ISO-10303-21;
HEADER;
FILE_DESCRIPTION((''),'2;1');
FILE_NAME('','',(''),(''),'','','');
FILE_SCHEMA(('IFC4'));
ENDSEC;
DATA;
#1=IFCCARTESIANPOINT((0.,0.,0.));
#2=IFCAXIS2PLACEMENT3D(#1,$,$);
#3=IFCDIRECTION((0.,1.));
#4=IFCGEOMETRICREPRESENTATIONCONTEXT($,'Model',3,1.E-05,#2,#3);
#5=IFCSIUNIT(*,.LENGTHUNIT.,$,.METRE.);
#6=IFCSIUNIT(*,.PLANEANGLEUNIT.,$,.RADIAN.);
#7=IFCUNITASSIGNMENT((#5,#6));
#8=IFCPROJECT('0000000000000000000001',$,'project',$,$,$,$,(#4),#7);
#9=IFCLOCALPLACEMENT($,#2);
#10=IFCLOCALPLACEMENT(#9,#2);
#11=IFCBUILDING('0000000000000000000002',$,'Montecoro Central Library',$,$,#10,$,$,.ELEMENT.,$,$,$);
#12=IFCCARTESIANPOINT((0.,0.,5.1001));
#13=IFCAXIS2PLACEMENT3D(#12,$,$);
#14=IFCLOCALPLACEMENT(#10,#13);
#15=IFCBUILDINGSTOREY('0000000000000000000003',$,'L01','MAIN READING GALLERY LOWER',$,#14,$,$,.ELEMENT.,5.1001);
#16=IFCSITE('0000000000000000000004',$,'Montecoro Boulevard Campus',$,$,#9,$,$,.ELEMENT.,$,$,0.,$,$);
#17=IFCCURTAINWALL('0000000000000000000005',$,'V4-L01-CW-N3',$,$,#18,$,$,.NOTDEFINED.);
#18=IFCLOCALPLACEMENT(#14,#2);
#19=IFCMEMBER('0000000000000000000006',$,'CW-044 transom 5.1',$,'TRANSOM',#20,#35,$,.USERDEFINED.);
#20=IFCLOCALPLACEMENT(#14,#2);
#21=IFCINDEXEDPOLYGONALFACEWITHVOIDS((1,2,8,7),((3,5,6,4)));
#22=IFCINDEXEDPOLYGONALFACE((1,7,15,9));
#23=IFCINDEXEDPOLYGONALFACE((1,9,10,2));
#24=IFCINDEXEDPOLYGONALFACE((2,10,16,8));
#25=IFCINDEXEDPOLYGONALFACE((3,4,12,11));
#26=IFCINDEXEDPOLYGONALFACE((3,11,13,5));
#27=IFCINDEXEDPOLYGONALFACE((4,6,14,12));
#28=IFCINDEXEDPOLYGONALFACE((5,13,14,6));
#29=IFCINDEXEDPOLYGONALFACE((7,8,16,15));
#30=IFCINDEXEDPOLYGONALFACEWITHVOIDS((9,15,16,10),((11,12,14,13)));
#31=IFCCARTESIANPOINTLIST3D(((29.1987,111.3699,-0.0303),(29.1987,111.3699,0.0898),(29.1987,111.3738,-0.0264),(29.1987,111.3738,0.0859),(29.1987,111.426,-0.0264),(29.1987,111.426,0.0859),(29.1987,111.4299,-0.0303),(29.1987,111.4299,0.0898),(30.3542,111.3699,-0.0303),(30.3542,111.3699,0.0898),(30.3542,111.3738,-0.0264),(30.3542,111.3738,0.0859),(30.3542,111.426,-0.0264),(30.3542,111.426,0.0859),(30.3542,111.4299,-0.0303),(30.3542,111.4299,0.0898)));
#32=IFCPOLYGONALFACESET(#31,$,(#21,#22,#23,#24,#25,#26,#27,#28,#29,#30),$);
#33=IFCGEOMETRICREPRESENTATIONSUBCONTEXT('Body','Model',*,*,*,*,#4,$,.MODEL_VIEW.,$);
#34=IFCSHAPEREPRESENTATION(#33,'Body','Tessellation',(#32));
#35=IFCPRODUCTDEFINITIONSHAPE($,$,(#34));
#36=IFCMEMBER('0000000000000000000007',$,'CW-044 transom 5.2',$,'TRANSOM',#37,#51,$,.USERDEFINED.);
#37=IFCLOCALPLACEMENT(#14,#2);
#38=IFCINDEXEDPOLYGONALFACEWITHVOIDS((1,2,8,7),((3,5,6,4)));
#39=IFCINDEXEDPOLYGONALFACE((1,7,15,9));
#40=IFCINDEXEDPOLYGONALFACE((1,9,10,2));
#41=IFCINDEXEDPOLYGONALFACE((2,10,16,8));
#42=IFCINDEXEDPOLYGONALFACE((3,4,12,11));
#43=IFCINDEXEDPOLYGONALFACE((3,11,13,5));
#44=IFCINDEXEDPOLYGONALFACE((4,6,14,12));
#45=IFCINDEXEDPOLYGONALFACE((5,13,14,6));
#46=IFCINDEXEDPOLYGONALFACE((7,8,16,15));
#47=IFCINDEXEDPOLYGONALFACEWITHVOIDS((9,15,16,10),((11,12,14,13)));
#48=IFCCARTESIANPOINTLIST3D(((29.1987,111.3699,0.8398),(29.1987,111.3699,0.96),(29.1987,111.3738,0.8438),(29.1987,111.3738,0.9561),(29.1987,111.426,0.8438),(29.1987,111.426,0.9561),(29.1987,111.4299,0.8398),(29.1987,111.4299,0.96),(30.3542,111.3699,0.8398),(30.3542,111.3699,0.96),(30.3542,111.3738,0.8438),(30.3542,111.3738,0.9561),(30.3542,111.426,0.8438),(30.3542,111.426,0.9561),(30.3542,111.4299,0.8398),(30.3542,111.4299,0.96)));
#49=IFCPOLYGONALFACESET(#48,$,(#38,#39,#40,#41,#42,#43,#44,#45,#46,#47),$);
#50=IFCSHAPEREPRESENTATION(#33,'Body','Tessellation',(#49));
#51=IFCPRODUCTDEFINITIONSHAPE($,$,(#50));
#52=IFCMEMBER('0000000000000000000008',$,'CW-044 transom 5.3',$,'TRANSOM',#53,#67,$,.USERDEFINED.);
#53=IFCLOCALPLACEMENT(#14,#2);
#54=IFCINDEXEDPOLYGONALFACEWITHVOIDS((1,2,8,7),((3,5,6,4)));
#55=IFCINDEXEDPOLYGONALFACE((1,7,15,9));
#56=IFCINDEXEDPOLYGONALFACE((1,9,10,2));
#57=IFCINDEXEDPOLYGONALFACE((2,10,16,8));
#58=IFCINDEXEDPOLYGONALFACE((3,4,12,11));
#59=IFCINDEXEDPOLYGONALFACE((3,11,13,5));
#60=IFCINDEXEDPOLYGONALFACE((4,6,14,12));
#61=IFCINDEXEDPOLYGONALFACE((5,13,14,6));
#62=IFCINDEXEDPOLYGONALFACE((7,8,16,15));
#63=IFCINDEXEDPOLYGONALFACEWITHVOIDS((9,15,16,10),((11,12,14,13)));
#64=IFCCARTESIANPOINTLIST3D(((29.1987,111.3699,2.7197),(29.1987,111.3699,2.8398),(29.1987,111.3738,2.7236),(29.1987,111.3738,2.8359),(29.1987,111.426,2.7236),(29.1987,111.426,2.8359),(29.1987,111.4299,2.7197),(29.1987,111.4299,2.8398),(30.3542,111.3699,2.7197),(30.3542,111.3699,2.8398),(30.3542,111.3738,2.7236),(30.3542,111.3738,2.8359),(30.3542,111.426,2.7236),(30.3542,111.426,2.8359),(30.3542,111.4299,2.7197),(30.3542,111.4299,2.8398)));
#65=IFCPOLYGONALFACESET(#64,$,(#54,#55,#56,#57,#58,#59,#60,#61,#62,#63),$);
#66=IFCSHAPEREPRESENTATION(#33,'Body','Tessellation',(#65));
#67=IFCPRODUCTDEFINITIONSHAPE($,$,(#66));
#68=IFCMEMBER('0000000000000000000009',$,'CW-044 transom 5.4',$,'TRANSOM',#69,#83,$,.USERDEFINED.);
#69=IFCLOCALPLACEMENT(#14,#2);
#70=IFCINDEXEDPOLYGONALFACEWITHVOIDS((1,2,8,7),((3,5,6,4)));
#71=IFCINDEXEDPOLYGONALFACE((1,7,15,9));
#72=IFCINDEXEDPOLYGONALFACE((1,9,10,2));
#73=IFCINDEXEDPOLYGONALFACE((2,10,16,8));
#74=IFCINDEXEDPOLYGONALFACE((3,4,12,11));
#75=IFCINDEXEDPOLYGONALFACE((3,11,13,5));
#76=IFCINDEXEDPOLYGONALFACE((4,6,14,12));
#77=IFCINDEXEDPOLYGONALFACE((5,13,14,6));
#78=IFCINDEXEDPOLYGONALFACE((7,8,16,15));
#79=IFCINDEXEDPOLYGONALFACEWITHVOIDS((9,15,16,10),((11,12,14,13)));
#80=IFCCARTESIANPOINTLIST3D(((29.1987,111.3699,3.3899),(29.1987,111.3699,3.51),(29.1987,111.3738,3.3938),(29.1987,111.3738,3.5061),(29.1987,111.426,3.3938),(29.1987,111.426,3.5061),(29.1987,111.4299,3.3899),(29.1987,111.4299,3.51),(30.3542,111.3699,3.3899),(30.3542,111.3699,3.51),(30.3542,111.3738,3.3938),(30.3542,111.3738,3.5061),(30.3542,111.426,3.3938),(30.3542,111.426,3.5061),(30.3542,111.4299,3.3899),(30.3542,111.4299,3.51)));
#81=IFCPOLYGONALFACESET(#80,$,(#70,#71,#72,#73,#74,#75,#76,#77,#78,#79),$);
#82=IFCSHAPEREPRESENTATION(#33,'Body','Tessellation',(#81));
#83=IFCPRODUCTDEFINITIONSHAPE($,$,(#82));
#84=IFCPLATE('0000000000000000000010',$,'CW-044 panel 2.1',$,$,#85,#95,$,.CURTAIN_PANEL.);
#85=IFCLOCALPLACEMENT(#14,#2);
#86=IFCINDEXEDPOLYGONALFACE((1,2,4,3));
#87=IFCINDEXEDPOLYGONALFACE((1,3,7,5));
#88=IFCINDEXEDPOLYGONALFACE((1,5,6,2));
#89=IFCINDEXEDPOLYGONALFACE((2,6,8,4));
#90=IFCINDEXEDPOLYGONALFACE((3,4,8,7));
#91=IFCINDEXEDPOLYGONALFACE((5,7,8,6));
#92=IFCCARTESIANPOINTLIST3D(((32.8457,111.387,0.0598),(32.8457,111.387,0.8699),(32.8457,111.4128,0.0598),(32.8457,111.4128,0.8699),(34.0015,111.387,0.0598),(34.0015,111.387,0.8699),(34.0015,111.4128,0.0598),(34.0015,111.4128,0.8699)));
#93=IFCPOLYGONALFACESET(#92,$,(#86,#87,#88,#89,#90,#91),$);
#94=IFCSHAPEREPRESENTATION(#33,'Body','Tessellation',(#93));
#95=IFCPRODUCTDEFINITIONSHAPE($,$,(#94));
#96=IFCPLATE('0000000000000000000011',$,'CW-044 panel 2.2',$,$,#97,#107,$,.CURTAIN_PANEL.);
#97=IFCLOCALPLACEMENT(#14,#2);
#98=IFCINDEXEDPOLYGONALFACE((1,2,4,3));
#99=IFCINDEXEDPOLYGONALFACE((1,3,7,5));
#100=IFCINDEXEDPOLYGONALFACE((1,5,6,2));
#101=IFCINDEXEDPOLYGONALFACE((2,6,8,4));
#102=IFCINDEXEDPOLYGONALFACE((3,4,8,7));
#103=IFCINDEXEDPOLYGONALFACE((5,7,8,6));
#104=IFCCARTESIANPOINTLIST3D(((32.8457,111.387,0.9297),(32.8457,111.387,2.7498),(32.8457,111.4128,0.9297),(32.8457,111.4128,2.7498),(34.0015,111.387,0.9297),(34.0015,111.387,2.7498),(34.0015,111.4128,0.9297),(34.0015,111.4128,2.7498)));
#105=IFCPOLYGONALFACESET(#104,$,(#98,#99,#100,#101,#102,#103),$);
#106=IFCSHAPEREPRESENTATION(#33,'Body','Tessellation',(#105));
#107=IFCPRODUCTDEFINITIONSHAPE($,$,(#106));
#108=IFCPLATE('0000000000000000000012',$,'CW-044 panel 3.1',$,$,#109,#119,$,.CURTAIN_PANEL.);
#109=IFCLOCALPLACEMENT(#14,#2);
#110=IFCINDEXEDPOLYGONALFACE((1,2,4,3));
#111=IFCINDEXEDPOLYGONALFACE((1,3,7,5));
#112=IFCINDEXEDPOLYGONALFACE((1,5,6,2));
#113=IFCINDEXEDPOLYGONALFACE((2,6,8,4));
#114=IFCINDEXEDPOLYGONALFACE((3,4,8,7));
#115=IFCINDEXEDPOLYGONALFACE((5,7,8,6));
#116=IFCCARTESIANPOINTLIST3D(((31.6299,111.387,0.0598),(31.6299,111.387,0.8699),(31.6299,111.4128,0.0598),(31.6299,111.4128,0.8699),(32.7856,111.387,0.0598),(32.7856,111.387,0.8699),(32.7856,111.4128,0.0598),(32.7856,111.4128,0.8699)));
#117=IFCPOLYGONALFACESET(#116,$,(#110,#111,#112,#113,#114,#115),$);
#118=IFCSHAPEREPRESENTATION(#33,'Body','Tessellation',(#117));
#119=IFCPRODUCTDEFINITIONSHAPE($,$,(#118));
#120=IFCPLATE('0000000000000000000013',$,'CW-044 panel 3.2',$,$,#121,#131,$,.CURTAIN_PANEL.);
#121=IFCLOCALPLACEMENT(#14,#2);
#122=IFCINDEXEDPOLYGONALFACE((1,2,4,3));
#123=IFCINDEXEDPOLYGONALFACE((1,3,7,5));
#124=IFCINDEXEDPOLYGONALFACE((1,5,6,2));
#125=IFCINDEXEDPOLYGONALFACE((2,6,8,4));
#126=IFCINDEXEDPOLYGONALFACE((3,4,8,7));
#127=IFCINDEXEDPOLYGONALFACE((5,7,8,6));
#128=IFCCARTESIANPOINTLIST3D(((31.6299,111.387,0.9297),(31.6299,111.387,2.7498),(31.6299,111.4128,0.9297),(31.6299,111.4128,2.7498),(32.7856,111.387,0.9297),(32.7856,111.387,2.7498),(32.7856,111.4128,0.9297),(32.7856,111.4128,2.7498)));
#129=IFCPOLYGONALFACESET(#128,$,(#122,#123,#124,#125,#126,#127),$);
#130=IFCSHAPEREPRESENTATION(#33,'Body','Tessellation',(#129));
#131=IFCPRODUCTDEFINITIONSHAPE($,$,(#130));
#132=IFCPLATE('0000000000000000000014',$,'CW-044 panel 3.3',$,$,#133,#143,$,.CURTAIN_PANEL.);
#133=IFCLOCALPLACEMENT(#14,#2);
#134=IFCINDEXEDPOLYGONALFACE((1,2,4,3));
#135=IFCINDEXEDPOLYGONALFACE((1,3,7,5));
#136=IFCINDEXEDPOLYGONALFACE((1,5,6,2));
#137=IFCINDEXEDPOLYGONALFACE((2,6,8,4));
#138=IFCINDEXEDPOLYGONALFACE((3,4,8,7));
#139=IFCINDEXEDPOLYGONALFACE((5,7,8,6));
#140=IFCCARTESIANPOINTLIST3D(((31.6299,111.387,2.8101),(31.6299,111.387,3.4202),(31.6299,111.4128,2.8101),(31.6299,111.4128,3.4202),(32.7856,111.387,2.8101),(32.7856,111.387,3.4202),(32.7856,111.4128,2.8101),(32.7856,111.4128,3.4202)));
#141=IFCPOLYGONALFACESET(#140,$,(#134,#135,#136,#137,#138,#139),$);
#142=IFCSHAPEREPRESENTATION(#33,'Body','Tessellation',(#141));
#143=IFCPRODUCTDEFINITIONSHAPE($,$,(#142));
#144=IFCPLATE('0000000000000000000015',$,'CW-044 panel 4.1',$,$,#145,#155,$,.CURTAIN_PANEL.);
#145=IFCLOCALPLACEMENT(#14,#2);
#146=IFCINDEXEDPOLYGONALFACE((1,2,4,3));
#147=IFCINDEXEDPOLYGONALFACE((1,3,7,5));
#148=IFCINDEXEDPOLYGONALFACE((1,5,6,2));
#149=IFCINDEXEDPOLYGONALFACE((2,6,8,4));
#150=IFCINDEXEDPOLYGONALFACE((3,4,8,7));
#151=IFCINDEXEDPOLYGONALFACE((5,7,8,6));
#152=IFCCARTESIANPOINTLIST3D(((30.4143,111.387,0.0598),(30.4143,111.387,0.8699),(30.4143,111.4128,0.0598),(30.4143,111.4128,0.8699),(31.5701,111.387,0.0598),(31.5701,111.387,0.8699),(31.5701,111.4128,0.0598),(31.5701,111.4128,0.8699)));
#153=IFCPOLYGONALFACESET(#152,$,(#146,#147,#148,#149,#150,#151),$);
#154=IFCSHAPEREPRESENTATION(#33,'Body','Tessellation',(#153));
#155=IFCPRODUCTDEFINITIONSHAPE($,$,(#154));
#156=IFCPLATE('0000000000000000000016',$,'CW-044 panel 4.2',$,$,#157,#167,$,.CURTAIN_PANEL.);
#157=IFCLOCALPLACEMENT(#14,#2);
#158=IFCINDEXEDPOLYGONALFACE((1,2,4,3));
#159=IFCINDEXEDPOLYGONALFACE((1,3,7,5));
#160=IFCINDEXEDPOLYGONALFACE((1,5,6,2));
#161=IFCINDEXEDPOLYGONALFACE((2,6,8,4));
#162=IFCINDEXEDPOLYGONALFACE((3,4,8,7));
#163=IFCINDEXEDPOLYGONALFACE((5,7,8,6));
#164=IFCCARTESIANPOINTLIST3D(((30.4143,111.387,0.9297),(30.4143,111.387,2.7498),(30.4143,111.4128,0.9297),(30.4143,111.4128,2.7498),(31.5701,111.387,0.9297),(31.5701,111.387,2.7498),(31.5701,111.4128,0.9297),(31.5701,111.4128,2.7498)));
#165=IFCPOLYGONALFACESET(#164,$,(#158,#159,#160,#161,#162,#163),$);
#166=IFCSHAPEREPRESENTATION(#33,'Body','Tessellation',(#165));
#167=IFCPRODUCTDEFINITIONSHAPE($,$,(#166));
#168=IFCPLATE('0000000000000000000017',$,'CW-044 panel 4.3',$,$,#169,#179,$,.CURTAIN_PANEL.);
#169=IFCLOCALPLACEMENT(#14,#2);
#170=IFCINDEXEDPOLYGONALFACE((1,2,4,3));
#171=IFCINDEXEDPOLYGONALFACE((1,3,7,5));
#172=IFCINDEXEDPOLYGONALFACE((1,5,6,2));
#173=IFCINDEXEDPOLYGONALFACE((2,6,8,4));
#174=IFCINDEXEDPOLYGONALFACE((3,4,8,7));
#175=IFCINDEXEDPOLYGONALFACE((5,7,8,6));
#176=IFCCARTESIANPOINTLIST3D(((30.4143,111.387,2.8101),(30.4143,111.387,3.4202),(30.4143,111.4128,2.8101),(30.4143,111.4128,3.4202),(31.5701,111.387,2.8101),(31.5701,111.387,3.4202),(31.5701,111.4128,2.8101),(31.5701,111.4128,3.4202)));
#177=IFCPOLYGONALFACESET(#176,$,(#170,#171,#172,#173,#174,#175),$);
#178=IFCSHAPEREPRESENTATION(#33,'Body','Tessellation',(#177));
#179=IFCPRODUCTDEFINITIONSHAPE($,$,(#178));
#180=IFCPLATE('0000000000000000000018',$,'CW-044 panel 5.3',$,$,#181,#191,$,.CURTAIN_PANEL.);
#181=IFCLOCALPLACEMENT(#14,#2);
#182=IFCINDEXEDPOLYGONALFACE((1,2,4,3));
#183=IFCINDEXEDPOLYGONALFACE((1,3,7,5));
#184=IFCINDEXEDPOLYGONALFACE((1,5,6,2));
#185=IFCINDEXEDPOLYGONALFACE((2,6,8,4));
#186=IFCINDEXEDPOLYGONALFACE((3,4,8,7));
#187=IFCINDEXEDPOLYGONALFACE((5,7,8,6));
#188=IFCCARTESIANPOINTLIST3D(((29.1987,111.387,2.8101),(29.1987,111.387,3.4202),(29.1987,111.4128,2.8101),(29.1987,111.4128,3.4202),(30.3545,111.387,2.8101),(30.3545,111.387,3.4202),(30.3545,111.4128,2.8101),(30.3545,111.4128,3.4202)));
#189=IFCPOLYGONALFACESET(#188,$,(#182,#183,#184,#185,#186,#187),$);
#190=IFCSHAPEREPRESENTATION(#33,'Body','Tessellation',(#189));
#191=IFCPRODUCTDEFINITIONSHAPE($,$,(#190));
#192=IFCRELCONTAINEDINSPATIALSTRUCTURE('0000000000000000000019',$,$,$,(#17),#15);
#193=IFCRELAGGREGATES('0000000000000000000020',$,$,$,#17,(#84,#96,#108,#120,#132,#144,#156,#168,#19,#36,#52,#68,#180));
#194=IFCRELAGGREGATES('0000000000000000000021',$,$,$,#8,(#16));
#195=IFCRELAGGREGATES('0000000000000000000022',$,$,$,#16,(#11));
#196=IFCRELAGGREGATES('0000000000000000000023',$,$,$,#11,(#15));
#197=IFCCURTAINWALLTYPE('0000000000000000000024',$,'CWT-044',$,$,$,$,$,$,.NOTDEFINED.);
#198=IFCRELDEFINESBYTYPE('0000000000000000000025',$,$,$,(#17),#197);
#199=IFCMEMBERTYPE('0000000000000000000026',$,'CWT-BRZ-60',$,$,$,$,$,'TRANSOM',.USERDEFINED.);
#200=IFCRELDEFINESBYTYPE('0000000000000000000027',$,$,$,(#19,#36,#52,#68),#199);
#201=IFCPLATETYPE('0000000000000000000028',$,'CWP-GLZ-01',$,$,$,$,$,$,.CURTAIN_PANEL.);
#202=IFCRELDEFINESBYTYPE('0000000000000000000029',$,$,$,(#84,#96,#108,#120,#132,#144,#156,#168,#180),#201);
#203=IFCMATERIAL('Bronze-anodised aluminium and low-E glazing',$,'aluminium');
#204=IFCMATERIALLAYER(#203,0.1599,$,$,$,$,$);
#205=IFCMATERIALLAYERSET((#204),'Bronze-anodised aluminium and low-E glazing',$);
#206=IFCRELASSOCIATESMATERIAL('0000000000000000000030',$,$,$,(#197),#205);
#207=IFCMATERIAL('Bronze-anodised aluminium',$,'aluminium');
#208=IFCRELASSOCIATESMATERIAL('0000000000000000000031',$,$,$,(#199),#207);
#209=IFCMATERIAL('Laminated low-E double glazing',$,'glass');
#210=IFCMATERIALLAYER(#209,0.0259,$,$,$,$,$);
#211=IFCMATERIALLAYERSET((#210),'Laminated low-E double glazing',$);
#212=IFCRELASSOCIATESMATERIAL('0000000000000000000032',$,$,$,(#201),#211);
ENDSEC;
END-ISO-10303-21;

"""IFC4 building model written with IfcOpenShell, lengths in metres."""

from ifc_helpers import new_model, si_unit, direction, frame, origin, origin_2d, place, context, subcontext, project, spatial, rectangle, hollow_rectangle, extrude, material, layer, layer_set, material_profile, profile_set, type_object, element, aggregate, save


model = new_model("IFC4")

# Units and contexts
model_context = context("Model", 3, precision=1e-05, world=origin(), true_north=direction((0.0, 1.0)))
body_context = subcontext(model_context, "Body", "Model", "MODEL_VIEW")
ifc_project = project(units=[si_unit("LENGTHUNIT", "METRE"), si_unit("PLANEANGLEUNIT", "RADIAN")], contexts=[model_context])

# Site, building, storey
site_placement = place(None, origin())
site = spatial("IfcSite", under=ifc_project, at=site_placement, Name="Montecoro Boulevard Campus", CompositionType="ELEMENT", RefElevation=0.0)
building_placement = place(site_placement, origin())
building = spatial("IfcBuilding", under=site, at=building_placement, Name="Montecoro Central Library", CompositionType="ELEMENT")
storey_placement = place(building_placement, frame((0.0, 0.0, 5.1001)))
storey = spatial("IfcBuildingStorey", under=building, at=storey_placement, Name="L01", Description="MAIN READING GALLERY LOWER", CompositionType="ELEMENT", Elevation=5.1001)

# Curtain wall, members, plates
ifc_material_1 = material(Name="Bronze-anodised aluminium and low-E glazing", Category="aluminium")
ifc_layer_1 = layer(ifc_material_1, 0.1599)
ifc_layer_set_1 = layer_set([ifc_layer_1], Name="Bronze-anodised aluminium and low-E glazing")
curtain_wall_type = type_object("IfcCurtainWallType", Name="CWT-044", PredefinedType="NOTDEFINED", material=ifc_layer_set_1)
curtain_wall_placement = place(storey_placement, origin())
curtain_wall = element("IfcCurtainWall", 1, at=curtain_wall_placement, inside=storey, type_object=curtain_wall_type, Name="V4-L01-CW-N3", PredefinedType="NOTDEFINED")
ifc_material_2 = material(Name="Bronze-anodised aluminium", Category="aluminium")
ifc_material_profile_1 = material_profile(ifc_material_2, hollow_rectangle(XDim=0.0601, YDim=0.1201, WallThickness=0.0039, at=origin_2d()), Name="CWT 120x60x4.0")
ifc_profile_set_1 = profile_set([ifc_material_profile_1], Name="Bronze-anodised aluminium")
member_type_1 = type_object("IfcMemberType", Name="CWT-BRZ-60", ElementType="TRANSOM", PredefinedType="USERDEFINED", material=ifc_profile_set_1)
member_1_placement = place(storey_placement, frame((30.3542, 111.3999, 0.0298), z_axis=(-1.0, 0.0, 0.0), x_axis=(0.0, -1.0, 0.0)))
member_1 = element("IfcMember", 2, at=member_1_placement, type_object=member_type_1, Name="CW-044 transom 5.1", ObjectType="TRANSOM", PredefinedType="USERDEFINED", context=body_context, shape_type="SweptSolid", body=[
    extrude(hollow_rectangle(XDim=0.0601, YDim=0.1201, WallThickness=0.0039, at=origin_2d()), origin(), (0.0, 0.0, 1.0), 1.1555),
])
member_2_placement = place(storey_placement, frame((30.3542, 111.3999, 0.8999), z_axis=(-1.0, 0.0, 0.0), x_axis=(0.0, -1.0, 0.0)))
member_2 = element("IfcMember", 3, at=member_2_placement, type_object=member_type_1, Name="CW-044 transom 5.2", ObjectType="TRANSOM", PredefinedType="USERDEFINED", context=body_context, shape_type="SweptSolid", body=[
    extrude(hollow_rectangle(XDim=0.0601, YDim=0.1201, WallThickness=0.0039, at=origin_2d()), origin(), (0.0, 0.0, 1.0), 1.1555),
])
member_3_placement = place(storey_placement, frame((30.3542, 111.3999, 2.7798), z_axis=(-1.0, 0.0, 0.0), x_axis=(0.0, -1.0, 0.0)))
member_3 = element("IfcMember", 4, at=member_3_placement, type_object=member_type_1, Name="CW-044 transom 5.3", ObjectType="TRANSOM", PredefinedType="USERDEFINED", context=body_context, shape_type="SweptSolid", body=[
    extrude(hollow_rectangle(XDim=0.0601, YDim=0.1201, WallThickness=0.0039, at=origin_2d()), origin(), (0.0, 0.0, 1.0), 1.1555),
])
member_4_placement = place(storey_placement, frame((30.3542, 111.3999, 3.45), z_axis=(-1.0, 0.0, 0.0), x_axis=(0.0, -1.0, 0.0)))
member_4 = element("IfcMember", 5, at=member_4_placement, type_object=member_type_1, Name="CW-044 transom 5.4", ObjectType="TRANSOM", PredefinedType="USERDEFINED", context=body_context, shape_type="SweptSolid", body=[
    extrude(hollow_rectangle(XDim=0.0601, YDim=0.1201, WallThickness=0.0039, at=origin_2d()), origin(), (0.0, 0.0, 1.0), 1.1555),
])
ifc_material_3 = material(Name="Laminated low-E double glazing", Category="glass")
ifc_layer_2 = layer(ifc_material_3, 0.0259)
ifc_layer_set_2 = layer_set([ifc_layer_2], Name="Laminated low-E double glazing")
plate_type = type_object("IfcPlateType", Name="CWP-GLZ-01", PredefinedType="CURTAIN_PANEL", material=ifc_layer_set_2)
plate_1_placement = place(storey_placement, frame((33.4236, 111.3999, 0.0598), z_axis=(0.0, 0.0, 1.0), x_axis=(-1.0, 0.0, 0.0)))
plate_1 = element("IfcPlate", 6, at=plate_1_placement, type_object=plate_type, Name="CW-044 panel 2.1", PredefinedType="CURTAIN_PANEL", context=body_context, shape_type="SweptSolid", body=[
    extrude(rectangle(XDim=1.1558, YDim=0.0259, at=origin_2d()), origin(), (0.0, 0.0, 1.0), 0.8101),
])
plate_2_placement = place(storey_placement, frame((33.4236, 111.3999, 0.9297), z_axis=(0.0, 0.0, 1.0), x_axis=(-1.0, 0.0, 0.0)))
plate_2 = element("IfcPlate", 7, at=plate_2_placement, type_object=plate_type, Name="CW-044 panel 2.2", PredefinedType="CURTAIN_PANEL", context=body_context, shape_type="SweptSolid", body=[
    extrude(rectangle(XDim=1.1558, YDim=0.0259, at=origin_2d()), origin(), (0.0, 0.0, 1.0), 1.8201),
])
plate_3_placement = place(storey_placement, frame((32.2078, 111.3999, 0.0598), z_axis=(0.0, 0.0, 1.0), x_axis=(-1.0, 0.0, 0.0)))
plate_3 = element("IfcPlate", 8, at=plate_3_placement, type_object=plate_type, Name="CW-044 panel 3.1", PredefinedType="CURTAIN_PANEL", context=body_context, shape_type="SweptSolid", body=[
    extrude(rectangle(XDim=1.1558, YDim=0.0259, at=origin_2d()), origin(), (0.0, 0.0, 1.0), 0.8101),
])
plate_4_placement = place(storey_placement, frame((32.2078, 111.3999, 0.9297), z_axis=(0.0, 0.0, 1.0), x_axis=(-1.0, 0.0, 0.0)))
plate_4 = element("IfcPlate", 9, at=plate_4_placement, type_object=plate_type, Name="CW-044 panel 3.2", PredefinedType="CURTAIN_PANEL", context=body_context, shape_type="SweptSolid", body=[
    extrude(rectangle(XDim=1.1558, YDim=0.0259, at=origin_2d()), origin(), (0.0, 0.0, 1.0), 1.8201),
])
plate_5_placement = place(storey_placement, frame((32.2078, 111.3999, 2.8101), z_axis=(0.0, 0.0, 1.0), x_axis=(-1.0, 0.0, 0.0)))
plate_5 = element("IfcPlate", 10, at=plate_5_placement, type_object=plate_type, Name="CW-044 panel 3.3", PredefinedType="CURTAIN_PANEL", context=body_context, shape_type="SweptSolid", body=[
    extrude(rectangle(XDim=1.1558, YDim=0.0259, at=origin_2d()), origin(), (0.0, 0.0, 1.0), 0.6101),
])
plate_6_placement = place(storey_placement, frame((30.9922, 111.3999, 0.0598), z_axis=(0.0, 0.0, 1.0), x_axis=(-1.0, 0.0, 0.0)))
plate_6 = element("IfcPlate", 11, at=plate_6_placement, type_object=plate_type, Name="CW-044 panel 4.1", PredefinedType="CURTAIN_PANEL", context=body_context, shape_type="SweptSolid", body=[
    extrude(rectangle(XDim=1.1558, YDim=0.0259, at=origin_2d()), origin(), (0.0, 0.0, 1.0), 0.8101),
])
plate_7_placement = place(storey_placement, frame((30.9922, 111.3999, 0.9297), z_axis=(0.0, 0.0, 1.0), x_axis=(-1.0, 0.0, 0.0)))
plate_7 = element("IfcPlate", 12, at=plate_7_placement, type_object=plate_type, Name="CW-044 panel 4.2", PredefinedType="CURTAIN_PANEL", context=body_context, shape_type="SweptSolid", body=[
    extrude(rectangle(XDim=1.1558, YDim=0.0259, at=origin_2d()), origin(), (0.0, 0.0, 1.0), 1.8201),
])
plate_8_placement = place(storey_placement, frame((30.9922, 111.3999, 2.8101), z_axis=(0.0, 0.0, 1.0), x_axis=(-1.0, 0.0, 0.0)))
plate_8 = element("IfcPlate", 13, at=plate_8_placement, type_object=plate_type, Name="CW-044 panel 4.3", PredefinedType="CURTAIN_PANEL", context=body_context, shape_type="SweptSolid", body=[
    extrude(rectangle(XDim=1.1558, YDim=0.0259, at=origin_2d()), origin(), (0.0, 0.0, 1.0), 0.6101),
])
plate_9_placement = place(storey_placement, frame((29.7766, 111.3999, 2.8101), z_axis=(0.0, 0.0, 1.0), x_axis=(-1.0, 0.0, 0.0)))
plate_9 = element("IfcPlate", 14, at=plate_9_placement, type_object=plate_type, Name="CW-044 panel 5.3", PredefinedType="CURTAIN_PANEL", context=body_context, shape_type="SweptSolid", body=[
    extrude(rectangle(XDim=1.1558, YDim=0.0259, at=origin_2d()), origin(), (0.0, 0.0, 1.0), 0.6101),
])
aggregate(curtain_wall, [plate_1, plate_2, plate_3, plate_4, plate_5, plate_6, plate_7, plate_8, member_1, member_2, member_3, member_4, plate_9])

save(model, "model.ifc")
